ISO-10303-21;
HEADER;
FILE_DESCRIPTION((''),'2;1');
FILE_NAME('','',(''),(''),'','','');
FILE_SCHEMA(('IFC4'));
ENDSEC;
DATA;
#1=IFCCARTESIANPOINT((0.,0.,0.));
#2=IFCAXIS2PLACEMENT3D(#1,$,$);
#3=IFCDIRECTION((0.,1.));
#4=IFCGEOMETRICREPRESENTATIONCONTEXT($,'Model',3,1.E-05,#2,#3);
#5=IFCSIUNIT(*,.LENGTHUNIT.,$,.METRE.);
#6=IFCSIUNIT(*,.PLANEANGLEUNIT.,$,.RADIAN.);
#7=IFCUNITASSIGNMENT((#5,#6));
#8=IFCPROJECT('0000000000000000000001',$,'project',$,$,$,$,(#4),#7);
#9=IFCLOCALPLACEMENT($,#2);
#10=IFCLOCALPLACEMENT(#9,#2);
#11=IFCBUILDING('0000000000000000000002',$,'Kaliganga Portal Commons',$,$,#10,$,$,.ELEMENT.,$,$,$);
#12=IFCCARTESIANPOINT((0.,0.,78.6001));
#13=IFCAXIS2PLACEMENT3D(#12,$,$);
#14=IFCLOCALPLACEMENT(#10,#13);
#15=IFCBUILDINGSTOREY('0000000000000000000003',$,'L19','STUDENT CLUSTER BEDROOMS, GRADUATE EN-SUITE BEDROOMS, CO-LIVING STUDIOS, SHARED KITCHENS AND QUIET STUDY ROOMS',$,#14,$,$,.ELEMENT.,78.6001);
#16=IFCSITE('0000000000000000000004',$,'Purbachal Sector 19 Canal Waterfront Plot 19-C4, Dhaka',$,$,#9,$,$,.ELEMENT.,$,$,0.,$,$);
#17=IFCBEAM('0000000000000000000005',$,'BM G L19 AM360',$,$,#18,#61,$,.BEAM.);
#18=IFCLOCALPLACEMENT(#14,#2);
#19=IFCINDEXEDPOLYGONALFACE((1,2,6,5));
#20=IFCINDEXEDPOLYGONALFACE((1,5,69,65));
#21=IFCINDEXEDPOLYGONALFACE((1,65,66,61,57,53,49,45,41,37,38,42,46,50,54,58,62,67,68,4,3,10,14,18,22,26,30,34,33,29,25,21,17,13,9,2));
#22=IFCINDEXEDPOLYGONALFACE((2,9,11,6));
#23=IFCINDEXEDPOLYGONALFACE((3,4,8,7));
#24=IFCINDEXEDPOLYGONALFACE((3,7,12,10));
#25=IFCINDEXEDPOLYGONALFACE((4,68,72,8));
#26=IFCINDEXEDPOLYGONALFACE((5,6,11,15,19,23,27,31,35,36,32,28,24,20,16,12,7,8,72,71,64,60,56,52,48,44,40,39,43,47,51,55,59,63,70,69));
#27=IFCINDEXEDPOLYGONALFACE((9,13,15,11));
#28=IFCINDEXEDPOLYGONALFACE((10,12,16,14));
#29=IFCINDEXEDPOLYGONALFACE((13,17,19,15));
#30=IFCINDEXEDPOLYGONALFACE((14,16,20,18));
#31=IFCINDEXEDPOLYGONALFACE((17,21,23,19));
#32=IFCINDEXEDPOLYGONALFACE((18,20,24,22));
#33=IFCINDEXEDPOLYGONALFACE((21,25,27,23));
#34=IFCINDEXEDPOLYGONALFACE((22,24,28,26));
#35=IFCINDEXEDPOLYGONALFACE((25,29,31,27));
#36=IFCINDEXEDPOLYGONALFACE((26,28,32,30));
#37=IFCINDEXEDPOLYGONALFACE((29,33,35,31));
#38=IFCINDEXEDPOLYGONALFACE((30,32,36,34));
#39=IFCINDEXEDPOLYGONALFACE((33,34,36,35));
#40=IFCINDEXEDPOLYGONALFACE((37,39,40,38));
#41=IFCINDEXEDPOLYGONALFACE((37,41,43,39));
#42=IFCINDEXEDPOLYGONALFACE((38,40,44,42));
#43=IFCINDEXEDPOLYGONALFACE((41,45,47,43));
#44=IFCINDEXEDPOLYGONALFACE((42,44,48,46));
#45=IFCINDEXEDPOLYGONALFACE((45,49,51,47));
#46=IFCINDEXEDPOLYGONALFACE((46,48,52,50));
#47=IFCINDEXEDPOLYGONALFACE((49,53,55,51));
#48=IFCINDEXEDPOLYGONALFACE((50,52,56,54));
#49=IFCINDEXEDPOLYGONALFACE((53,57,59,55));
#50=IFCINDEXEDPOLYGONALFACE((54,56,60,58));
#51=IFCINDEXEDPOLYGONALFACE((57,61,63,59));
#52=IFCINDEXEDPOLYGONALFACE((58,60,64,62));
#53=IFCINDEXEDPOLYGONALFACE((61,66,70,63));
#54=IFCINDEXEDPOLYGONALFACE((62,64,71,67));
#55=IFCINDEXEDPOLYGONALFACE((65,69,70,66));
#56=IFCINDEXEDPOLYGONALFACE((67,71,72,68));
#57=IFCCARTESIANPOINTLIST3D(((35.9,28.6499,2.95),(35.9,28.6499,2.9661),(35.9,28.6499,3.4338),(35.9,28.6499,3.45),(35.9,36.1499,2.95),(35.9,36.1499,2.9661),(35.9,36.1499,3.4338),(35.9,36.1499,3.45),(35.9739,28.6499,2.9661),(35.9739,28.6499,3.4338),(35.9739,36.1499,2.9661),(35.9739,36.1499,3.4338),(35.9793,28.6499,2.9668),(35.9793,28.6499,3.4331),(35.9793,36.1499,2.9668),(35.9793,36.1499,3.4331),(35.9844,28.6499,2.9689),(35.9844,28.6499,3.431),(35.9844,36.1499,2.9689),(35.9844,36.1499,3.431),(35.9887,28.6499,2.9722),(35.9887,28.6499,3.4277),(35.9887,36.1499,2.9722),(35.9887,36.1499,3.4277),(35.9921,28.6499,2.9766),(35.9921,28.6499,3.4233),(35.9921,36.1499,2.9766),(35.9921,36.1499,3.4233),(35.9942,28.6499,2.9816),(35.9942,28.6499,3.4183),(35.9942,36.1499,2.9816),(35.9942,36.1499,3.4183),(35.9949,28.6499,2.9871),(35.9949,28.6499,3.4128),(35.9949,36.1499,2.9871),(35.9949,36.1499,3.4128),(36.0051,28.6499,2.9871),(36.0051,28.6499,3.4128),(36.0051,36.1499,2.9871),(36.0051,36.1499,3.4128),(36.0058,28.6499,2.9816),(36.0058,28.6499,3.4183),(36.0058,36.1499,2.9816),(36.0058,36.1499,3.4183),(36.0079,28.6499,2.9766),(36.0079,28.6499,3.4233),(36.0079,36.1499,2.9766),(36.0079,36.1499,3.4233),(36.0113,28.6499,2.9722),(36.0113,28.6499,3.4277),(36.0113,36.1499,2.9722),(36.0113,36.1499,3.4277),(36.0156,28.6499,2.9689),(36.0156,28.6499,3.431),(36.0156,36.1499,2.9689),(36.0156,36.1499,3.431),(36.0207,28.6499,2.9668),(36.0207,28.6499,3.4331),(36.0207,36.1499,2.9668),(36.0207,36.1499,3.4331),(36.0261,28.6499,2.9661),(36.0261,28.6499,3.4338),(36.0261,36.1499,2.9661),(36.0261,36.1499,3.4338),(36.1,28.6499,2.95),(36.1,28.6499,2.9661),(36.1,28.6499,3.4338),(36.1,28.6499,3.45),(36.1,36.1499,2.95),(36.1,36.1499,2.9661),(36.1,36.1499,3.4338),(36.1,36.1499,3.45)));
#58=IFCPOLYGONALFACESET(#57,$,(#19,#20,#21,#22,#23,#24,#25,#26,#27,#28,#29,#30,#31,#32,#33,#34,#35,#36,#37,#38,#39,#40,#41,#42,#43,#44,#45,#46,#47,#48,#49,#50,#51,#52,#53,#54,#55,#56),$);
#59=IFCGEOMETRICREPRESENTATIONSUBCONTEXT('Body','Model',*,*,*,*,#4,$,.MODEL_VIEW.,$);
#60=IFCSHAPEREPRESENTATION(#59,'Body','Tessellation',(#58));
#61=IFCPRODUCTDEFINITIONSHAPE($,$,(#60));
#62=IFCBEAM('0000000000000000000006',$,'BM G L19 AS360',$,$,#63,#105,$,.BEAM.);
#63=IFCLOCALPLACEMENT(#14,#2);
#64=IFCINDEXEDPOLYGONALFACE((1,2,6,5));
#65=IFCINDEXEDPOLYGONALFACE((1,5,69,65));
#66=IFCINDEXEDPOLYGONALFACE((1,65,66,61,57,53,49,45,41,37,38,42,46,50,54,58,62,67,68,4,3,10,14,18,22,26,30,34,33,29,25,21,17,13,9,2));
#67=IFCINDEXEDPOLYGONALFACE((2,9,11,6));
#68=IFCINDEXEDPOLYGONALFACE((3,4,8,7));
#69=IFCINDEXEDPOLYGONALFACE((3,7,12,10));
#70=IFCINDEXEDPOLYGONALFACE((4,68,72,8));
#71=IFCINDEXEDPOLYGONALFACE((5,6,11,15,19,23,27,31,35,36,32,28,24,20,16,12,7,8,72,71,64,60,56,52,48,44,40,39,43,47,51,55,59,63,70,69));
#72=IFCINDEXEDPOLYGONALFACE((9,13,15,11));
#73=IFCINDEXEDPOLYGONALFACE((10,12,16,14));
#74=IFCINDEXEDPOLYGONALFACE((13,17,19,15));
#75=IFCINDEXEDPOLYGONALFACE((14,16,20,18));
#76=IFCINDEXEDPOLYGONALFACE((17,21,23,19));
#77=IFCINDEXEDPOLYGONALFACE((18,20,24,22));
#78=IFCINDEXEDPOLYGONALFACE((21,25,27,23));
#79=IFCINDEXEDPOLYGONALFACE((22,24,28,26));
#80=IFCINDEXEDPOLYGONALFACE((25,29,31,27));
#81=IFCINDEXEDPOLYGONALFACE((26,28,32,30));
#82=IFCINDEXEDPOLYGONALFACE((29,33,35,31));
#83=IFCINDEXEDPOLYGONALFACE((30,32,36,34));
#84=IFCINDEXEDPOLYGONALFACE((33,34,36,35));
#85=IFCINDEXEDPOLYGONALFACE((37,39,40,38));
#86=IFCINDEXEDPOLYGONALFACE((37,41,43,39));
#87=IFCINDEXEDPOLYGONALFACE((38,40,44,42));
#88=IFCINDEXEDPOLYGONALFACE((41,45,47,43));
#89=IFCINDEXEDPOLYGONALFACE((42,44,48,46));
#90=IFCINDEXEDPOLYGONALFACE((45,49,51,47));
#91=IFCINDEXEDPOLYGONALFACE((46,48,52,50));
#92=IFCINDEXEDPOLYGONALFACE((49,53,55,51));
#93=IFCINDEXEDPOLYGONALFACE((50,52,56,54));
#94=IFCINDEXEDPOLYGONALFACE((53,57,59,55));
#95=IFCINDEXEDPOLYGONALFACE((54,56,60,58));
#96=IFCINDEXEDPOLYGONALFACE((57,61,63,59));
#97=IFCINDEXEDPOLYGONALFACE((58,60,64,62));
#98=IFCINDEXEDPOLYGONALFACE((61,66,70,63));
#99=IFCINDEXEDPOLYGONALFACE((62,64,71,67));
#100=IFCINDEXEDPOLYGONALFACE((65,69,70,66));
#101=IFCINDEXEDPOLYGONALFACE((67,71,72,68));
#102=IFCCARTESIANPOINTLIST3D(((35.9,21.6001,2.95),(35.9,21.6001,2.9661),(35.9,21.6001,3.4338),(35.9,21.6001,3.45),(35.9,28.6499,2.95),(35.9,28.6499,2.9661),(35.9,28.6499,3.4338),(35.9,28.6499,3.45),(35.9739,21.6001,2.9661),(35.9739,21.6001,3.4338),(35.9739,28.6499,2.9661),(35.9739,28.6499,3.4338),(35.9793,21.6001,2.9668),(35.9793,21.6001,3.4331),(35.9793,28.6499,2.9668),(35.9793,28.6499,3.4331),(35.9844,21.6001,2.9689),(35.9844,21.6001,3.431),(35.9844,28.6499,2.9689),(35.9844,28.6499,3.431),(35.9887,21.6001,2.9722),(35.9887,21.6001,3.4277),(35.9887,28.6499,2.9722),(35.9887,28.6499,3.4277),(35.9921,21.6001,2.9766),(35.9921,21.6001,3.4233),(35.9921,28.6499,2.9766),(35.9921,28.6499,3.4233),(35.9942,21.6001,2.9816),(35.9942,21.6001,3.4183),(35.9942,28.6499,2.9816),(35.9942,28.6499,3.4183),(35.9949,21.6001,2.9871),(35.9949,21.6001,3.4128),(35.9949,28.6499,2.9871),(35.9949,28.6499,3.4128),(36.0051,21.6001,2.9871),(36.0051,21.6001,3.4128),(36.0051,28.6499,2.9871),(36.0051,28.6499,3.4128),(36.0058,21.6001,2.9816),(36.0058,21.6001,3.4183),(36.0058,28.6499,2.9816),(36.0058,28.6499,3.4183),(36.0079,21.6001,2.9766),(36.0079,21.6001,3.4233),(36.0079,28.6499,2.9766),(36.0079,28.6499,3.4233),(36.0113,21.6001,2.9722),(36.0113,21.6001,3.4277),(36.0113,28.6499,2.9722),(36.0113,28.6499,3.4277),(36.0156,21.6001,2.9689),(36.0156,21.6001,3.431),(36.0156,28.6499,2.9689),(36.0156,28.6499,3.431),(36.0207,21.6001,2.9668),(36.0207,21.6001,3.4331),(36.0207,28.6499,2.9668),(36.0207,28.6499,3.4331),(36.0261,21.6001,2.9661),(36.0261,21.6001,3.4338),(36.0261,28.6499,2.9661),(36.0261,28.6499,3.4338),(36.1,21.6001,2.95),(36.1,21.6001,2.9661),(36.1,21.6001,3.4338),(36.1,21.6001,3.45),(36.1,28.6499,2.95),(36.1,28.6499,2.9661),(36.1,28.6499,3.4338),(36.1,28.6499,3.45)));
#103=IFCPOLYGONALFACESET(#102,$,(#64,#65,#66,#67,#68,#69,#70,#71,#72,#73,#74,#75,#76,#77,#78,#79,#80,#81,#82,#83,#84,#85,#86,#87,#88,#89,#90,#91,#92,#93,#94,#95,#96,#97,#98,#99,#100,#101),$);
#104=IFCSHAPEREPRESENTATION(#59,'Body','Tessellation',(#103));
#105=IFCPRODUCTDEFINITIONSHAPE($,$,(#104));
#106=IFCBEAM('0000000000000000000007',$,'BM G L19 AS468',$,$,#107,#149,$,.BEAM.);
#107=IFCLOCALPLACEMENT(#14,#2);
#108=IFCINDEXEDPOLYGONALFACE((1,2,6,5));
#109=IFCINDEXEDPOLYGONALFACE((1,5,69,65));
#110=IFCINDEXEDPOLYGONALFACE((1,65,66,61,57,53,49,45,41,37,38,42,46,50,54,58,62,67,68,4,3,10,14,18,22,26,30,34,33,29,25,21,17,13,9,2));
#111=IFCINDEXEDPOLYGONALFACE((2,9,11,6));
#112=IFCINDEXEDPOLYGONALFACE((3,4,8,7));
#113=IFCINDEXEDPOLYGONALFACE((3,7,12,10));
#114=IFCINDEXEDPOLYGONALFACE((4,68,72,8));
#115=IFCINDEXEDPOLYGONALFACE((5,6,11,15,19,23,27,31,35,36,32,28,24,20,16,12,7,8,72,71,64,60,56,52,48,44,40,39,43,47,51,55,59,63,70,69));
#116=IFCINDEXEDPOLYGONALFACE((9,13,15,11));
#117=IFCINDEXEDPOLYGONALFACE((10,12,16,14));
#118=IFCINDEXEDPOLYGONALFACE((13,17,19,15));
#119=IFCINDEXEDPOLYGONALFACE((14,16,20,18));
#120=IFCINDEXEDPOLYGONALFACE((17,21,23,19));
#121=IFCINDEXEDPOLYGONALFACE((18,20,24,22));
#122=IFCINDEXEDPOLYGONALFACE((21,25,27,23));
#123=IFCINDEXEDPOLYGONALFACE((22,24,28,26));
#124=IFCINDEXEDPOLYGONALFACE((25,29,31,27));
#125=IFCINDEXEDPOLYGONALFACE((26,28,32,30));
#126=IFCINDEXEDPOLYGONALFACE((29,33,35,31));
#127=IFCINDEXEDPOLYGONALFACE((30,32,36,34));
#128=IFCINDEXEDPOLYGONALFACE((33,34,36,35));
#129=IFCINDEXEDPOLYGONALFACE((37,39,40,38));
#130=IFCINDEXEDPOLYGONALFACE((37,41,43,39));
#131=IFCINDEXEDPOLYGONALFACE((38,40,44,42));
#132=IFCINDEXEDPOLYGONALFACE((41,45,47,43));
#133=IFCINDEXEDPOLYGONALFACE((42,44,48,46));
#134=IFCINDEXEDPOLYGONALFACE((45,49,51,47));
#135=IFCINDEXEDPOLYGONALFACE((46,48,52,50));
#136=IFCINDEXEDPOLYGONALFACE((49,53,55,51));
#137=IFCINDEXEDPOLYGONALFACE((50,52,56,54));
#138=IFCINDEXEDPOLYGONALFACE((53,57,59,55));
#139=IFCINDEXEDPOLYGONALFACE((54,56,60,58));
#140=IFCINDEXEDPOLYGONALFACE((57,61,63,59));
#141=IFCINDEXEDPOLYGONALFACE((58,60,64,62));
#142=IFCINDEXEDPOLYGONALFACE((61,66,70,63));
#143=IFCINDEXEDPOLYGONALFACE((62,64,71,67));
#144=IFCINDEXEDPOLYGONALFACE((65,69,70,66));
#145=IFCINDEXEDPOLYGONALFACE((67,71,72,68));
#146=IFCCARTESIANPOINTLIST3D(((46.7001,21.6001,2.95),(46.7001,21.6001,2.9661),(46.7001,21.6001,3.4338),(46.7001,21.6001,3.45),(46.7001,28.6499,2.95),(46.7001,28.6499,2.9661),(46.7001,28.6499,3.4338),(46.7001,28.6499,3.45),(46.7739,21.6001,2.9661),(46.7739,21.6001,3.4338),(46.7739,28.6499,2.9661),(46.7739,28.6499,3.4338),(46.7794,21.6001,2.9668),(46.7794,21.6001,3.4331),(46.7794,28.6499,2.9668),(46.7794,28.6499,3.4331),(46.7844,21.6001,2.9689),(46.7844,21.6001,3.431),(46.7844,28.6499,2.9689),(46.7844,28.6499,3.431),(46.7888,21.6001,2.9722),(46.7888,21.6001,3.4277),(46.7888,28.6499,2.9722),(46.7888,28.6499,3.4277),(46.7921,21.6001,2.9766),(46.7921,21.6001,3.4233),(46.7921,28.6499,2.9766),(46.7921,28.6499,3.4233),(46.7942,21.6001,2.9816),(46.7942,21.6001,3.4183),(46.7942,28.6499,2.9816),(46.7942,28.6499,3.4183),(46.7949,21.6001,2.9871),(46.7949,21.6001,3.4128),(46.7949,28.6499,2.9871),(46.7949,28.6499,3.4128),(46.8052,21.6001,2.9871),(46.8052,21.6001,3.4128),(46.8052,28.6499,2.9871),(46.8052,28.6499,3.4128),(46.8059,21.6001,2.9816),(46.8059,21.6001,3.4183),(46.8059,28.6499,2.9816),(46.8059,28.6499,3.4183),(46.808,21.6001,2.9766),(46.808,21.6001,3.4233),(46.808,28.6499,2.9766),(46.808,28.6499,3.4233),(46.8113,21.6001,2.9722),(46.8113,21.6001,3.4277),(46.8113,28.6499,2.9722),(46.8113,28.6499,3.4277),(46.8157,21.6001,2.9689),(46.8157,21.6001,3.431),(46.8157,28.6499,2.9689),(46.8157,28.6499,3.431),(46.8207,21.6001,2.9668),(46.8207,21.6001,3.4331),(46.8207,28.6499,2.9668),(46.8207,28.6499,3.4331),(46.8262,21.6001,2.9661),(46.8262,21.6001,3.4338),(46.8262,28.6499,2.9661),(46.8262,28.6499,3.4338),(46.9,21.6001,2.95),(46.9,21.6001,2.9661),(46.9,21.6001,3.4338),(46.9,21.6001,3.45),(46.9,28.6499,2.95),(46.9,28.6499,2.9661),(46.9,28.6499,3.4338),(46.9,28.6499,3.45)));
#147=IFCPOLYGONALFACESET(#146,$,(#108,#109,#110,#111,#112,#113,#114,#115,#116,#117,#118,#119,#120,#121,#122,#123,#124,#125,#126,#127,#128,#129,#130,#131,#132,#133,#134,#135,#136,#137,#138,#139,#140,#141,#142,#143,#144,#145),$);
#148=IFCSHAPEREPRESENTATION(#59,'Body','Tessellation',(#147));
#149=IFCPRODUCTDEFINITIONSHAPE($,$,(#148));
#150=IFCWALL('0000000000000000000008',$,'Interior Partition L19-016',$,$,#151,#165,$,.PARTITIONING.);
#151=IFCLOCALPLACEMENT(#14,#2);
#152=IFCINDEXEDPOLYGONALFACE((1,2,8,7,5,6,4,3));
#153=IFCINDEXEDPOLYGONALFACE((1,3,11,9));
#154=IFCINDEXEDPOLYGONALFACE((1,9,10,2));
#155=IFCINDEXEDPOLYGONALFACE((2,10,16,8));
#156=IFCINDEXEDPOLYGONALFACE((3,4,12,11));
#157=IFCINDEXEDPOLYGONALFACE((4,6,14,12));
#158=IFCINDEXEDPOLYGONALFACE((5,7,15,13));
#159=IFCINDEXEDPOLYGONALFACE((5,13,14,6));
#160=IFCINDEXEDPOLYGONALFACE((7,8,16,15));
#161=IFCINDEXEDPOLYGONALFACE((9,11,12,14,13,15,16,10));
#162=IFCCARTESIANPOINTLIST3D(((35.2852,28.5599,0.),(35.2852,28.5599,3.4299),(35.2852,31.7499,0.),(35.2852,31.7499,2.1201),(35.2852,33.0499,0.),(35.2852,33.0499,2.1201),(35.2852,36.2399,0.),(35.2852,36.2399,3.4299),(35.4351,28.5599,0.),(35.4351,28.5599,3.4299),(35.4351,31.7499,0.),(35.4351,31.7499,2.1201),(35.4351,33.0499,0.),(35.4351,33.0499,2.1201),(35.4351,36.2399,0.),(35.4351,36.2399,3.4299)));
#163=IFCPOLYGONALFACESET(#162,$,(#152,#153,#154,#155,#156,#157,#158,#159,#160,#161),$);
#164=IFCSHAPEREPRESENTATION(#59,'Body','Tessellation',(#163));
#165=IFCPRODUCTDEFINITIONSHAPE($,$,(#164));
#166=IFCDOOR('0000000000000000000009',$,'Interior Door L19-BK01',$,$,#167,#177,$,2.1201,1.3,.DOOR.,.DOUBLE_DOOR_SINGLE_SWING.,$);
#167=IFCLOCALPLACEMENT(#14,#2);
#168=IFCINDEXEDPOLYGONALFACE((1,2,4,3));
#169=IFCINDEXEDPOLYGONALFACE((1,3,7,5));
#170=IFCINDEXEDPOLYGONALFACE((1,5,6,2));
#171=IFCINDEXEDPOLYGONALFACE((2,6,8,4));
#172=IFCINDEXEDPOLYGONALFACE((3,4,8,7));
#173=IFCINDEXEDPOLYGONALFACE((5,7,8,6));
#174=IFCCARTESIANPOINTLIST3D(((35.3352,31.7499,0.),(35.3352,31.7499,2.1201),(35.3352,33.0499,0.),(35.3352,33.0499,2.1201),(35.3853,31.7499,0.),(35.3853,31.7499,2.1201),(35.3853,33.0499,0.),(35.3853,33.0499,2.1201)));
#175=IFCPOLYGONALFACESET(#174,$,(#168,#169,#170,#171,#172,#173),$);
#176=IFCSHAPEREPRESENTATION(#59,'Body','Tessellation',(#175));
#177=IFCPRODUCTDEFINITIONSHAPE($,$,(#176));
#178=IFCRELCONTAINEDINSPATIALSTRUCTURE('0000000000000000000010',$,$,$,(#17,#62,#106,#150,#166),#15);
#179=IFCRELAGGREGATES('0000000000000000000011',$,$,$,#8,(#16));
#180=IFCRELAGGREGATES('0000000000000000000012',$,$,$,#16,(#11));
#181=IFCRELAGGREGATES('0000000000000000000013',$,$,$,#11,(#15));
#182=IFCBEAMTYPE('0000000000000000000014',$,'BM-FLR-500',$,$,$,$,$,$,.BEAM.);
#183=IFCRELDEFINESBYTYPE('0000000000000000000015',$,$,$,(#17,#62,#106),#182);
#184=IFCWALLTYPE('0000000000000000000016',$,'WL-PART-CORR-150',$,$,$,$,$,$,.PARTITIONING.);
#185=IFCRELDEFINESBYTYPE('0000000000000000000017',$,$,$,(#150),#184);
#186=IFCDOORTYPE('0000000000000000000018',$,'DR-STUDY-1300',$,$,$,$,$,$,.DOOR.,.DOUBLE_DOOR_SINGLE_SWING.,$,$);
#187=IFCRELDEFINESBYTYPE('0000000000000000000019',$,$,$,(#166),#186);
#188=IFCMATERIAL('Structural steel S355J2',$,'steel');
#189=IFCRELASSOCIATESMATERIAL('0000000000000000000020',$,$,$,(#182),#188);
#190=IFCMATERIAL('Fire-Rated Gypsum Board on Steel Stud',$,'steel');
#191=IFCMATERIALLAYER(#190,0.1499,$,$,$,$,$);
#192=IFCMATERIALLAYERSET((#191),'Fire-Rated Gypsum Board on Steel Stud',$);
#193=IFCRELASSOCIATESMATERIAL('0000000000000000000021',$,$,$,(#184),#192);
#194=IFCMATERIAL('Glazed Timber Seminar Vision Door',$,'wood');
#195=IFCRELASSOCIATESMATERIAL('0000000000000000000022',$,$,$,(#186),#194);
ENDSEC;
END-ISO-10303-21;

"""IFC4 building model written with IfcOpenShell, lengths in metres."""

from ifc_helpers import new_model, si_unit, direction, frame, frame_2d, origin, origin_2d, place, context, subcontext, project, spatial, rectangle, i_section, extrude, source, transform, mapped, material, layer, layer_set, material_profile, profile_set, type_object, element, fill, save


model = new_model("IFC4")

# Units and contexts
model_context = context("Model", 3, precision=1e-05, world=origin(), true_north=direction((0.0, 1.0)))
body_context = subcontext(model_context, "Body", "Model", "MODEL_VIEW")
ifc_project = project(units=[si_unit("LENGTHUNIT", "METRE"), si_unit("PLANEANGLEUNIT", "RADIAN")], contexts=[model_context])

# Site, building, storey
site_placement = place(None, origin())
site = spatial("IfcSite", under=ifc_project, at=site_placement, Name="Purbachal Sector 19 Canal Waterfront Plot 19-C4, Dhaka", CompositionType="ELEMENT", RefElevation=0.0)
building_placement = place(site_placement, origin())
building = spatial("IfcBuilding", under=site, at=building_placement, Name="Kaliganga Portal Commons", CompositionType="ELEMENT")
storey_placement = place(building_placement, frame((0.0, 0.0, 78.6001)))
storey = spatial("IfcBuildingStorey", under=building, at=storey_placement, Name="L19", Description="STUDENT CLUSTER BEDROOMS, GRADUATE EN-SUITE BEDROOMS, CO-LIVING STUDIOS, SHARED KITCHENS AND QUIET STUDY ROOMS", CompositionType="ELEMENT", Elevation=78.6001)

# Beams
ifc_material_1 = material(Name="Structural steel S355J2", Category="steel")
ifc_material_profile_1 = material_profile(ifc_material_1, i_section(OverallWidth=0.2, OverallDepth=0.5, WebThickness=0.0103, FlangeThickness=0.0161, FilletRadius=0.021, at=origin_2d()), Name="IPE 500")
ifc_profile_set_1 = profile_set([ifc_material_profile_1], Name="Structural steel S355J2 wide-flange")
beam_type_1 = type_object("IfcBeamType", Name="BM-FLR-500", PredefinedType="BEAM", material=ifc_profile_set_1)
shared_shape_1 = source(origin(), body_context, "Body", "SweptSolid", [
    extrude(i_section(OverallWidth=0.2, OverallDepth=0.5, WebThickness=0.0103, FlangeThickness=0.0161, FilletRadius=0.021, at=origin_2d()), origin(), (0.0, 0.0, 1.0), 7.5),
])
beam_1_placement = place(storey_placement, frame((36.0, 28.6499, 3.2), z_axis=(0.0, 1.0, 0.0), x_axis=(-1.0, 0.0, 0.0)))
element("IfcBeam", 1, at=beam_1_placement, inside=storey, type_object=beam_type_1, Name="BM G L19 AM360", PredefinedType="BEAM", context=body_context, shape_type="MappedRepresentation", body=[
    mapped(shared_shape_1, transform((0.0, 0.0, 0.0), x_axis=(1.0, 0.0, 0.0), y_axis=(0.0, 1.0, 0.0), z_axis=(0.0, 0.0, 1.0), scale=1.0)),
])
shared_shape_2 = source(origin(), body_context, "Body", "SweptSolid", [
    extrude(i_section(OverallWidth=0.2, OverallDepth=0.5, WebThickness=0.0103, FlangeThickness=0.0161, FilletRadius=0.021, at=origin_2d()), origin(), (0.0, 0.0, 1.0), 7.0498),
])
for number, where, z_axis, x_axis, name in (
    (2, (36.0, 21.6001, 3.2), (0.0, 1.0, 0.0), (-1.0, 0.0, 0.0), "BM G L19 AS360"),
    (3, (46.8, 21.6001, 3.2), (0.0, 1.0, 0.0), (-1.0, 0.0, 0.0), "BM G L19 AS468"),
):
    element("IfcBeam", number, at=place(storey_placement, frame(where, z_axis=z_axis, x_axis=x_axis)), inside=storey, type_object=beam_type_1, Name=name, PredefinedType="BEAM", context=body_context, shape_type="MappedRepresentation", body=[
        mapped(shared_shape_2, transform((0.0, 0.0, 0.0), x_axis=(1.0, 0.0, 0.0), y_axis=(0.0, 1.0, 0.0), z_axis=(0.0, 0.0, 1.0), scale=1.0)),
    ])

# Wall, opening, door
ifc_material_2 = material(Name="Fire-Rated Gypsum Board on Steel Stud", Category="steel")
ifc_layer_1 = layer(ifc_material_2, 0.1499)
ifc_layer_set_1 = layer_set([ifc_layer_1], Name="Fire-Rated Gypsum Board on Steel Stud")
wall_type_1 = type_object("IfcWallType", Name="WL-PART-CORR-150", PredefinedType="PARTITIONING", material=ifc_layer_set_1)
wall_1_placement = place(storey_placement, frame((35.3601, 28.5601, 0.0), z_axis=(0.0, 0.0, 1.0), x_axis=(0.0, 1.0, 0.0)))
wall_1 = element("IfcWall", 4, at=wall_1_placement, inside=storey, type_object=wall_type_1, Name="Interior Partition L19-016", PredefinedType="PARTITIONING", context=body_context, shape_type="SweptSolid", body=[
    extrude(rectangle(XDim=7.6799, YDim=0.1499, at=frame_2d((3.8398, 0.0))), origin(), (0.0, 0.0, 1.0), 3.4299),
])
opening_1_placement = place(wall_1_placement, frame((3.1899, 0.0, 0.0)))
opening_1 = element("IfcOpeningElement", 5, at=opening_1_placement, cuts=wall_1, PredefinedType="OPENING", context=body_context, shape_type="SweptSolid", body=[
    extrude(rectangle(XDim=1.3, YDim=2.1201, at=frame_2d((0.6499, 1.0601))), frame((0.0, 0.085, 0.0), z_axis=(0.0, -1.0, 0.0), x_axis=(1.0, 0.0, 0.0)), (0.0, 0.0, 1.0), 0.1699),
])
ifc_material_3 = material(Name="Glazed Timber Seminar Vision Door", Category="wood")
door_type_1 = type_object("IfcDoorType", Name="DR-STUDY-1300", OperationType="DOUBLE_DOOR_SINGLE_SWING", PredefinedType="DOOR", material=ifc_material_3)
door_1_placement = place(opening_1_placement, origin())
door_1 = element("IfcDoor", 6, at=door_1_placement, inside=storey, type_object=door_type_1, Name="Interior Door L19-BK01", OperationType="DOUBLE_DOOR_SINGLE_SWING", OverallHeight=2.1201, OverallWidth=1.3, PredefinedType="DOOR", context=body_context, shape_type="SweptSolid", body=[
    extrude(rectangle(XDim=1.3, YDim=2.1201, at=frame_2d((0.6499, 1.0601))), frame((0.0, 0.0249, 0.0), z_axis=(0.0, -1.0, 0.0), x_axis=(1.0, 0.0, 0.0)), (0.0, 0.0, 1.0), 0.05),
])
fill(opening_1, door_1)

save(model, "model.ifc")
